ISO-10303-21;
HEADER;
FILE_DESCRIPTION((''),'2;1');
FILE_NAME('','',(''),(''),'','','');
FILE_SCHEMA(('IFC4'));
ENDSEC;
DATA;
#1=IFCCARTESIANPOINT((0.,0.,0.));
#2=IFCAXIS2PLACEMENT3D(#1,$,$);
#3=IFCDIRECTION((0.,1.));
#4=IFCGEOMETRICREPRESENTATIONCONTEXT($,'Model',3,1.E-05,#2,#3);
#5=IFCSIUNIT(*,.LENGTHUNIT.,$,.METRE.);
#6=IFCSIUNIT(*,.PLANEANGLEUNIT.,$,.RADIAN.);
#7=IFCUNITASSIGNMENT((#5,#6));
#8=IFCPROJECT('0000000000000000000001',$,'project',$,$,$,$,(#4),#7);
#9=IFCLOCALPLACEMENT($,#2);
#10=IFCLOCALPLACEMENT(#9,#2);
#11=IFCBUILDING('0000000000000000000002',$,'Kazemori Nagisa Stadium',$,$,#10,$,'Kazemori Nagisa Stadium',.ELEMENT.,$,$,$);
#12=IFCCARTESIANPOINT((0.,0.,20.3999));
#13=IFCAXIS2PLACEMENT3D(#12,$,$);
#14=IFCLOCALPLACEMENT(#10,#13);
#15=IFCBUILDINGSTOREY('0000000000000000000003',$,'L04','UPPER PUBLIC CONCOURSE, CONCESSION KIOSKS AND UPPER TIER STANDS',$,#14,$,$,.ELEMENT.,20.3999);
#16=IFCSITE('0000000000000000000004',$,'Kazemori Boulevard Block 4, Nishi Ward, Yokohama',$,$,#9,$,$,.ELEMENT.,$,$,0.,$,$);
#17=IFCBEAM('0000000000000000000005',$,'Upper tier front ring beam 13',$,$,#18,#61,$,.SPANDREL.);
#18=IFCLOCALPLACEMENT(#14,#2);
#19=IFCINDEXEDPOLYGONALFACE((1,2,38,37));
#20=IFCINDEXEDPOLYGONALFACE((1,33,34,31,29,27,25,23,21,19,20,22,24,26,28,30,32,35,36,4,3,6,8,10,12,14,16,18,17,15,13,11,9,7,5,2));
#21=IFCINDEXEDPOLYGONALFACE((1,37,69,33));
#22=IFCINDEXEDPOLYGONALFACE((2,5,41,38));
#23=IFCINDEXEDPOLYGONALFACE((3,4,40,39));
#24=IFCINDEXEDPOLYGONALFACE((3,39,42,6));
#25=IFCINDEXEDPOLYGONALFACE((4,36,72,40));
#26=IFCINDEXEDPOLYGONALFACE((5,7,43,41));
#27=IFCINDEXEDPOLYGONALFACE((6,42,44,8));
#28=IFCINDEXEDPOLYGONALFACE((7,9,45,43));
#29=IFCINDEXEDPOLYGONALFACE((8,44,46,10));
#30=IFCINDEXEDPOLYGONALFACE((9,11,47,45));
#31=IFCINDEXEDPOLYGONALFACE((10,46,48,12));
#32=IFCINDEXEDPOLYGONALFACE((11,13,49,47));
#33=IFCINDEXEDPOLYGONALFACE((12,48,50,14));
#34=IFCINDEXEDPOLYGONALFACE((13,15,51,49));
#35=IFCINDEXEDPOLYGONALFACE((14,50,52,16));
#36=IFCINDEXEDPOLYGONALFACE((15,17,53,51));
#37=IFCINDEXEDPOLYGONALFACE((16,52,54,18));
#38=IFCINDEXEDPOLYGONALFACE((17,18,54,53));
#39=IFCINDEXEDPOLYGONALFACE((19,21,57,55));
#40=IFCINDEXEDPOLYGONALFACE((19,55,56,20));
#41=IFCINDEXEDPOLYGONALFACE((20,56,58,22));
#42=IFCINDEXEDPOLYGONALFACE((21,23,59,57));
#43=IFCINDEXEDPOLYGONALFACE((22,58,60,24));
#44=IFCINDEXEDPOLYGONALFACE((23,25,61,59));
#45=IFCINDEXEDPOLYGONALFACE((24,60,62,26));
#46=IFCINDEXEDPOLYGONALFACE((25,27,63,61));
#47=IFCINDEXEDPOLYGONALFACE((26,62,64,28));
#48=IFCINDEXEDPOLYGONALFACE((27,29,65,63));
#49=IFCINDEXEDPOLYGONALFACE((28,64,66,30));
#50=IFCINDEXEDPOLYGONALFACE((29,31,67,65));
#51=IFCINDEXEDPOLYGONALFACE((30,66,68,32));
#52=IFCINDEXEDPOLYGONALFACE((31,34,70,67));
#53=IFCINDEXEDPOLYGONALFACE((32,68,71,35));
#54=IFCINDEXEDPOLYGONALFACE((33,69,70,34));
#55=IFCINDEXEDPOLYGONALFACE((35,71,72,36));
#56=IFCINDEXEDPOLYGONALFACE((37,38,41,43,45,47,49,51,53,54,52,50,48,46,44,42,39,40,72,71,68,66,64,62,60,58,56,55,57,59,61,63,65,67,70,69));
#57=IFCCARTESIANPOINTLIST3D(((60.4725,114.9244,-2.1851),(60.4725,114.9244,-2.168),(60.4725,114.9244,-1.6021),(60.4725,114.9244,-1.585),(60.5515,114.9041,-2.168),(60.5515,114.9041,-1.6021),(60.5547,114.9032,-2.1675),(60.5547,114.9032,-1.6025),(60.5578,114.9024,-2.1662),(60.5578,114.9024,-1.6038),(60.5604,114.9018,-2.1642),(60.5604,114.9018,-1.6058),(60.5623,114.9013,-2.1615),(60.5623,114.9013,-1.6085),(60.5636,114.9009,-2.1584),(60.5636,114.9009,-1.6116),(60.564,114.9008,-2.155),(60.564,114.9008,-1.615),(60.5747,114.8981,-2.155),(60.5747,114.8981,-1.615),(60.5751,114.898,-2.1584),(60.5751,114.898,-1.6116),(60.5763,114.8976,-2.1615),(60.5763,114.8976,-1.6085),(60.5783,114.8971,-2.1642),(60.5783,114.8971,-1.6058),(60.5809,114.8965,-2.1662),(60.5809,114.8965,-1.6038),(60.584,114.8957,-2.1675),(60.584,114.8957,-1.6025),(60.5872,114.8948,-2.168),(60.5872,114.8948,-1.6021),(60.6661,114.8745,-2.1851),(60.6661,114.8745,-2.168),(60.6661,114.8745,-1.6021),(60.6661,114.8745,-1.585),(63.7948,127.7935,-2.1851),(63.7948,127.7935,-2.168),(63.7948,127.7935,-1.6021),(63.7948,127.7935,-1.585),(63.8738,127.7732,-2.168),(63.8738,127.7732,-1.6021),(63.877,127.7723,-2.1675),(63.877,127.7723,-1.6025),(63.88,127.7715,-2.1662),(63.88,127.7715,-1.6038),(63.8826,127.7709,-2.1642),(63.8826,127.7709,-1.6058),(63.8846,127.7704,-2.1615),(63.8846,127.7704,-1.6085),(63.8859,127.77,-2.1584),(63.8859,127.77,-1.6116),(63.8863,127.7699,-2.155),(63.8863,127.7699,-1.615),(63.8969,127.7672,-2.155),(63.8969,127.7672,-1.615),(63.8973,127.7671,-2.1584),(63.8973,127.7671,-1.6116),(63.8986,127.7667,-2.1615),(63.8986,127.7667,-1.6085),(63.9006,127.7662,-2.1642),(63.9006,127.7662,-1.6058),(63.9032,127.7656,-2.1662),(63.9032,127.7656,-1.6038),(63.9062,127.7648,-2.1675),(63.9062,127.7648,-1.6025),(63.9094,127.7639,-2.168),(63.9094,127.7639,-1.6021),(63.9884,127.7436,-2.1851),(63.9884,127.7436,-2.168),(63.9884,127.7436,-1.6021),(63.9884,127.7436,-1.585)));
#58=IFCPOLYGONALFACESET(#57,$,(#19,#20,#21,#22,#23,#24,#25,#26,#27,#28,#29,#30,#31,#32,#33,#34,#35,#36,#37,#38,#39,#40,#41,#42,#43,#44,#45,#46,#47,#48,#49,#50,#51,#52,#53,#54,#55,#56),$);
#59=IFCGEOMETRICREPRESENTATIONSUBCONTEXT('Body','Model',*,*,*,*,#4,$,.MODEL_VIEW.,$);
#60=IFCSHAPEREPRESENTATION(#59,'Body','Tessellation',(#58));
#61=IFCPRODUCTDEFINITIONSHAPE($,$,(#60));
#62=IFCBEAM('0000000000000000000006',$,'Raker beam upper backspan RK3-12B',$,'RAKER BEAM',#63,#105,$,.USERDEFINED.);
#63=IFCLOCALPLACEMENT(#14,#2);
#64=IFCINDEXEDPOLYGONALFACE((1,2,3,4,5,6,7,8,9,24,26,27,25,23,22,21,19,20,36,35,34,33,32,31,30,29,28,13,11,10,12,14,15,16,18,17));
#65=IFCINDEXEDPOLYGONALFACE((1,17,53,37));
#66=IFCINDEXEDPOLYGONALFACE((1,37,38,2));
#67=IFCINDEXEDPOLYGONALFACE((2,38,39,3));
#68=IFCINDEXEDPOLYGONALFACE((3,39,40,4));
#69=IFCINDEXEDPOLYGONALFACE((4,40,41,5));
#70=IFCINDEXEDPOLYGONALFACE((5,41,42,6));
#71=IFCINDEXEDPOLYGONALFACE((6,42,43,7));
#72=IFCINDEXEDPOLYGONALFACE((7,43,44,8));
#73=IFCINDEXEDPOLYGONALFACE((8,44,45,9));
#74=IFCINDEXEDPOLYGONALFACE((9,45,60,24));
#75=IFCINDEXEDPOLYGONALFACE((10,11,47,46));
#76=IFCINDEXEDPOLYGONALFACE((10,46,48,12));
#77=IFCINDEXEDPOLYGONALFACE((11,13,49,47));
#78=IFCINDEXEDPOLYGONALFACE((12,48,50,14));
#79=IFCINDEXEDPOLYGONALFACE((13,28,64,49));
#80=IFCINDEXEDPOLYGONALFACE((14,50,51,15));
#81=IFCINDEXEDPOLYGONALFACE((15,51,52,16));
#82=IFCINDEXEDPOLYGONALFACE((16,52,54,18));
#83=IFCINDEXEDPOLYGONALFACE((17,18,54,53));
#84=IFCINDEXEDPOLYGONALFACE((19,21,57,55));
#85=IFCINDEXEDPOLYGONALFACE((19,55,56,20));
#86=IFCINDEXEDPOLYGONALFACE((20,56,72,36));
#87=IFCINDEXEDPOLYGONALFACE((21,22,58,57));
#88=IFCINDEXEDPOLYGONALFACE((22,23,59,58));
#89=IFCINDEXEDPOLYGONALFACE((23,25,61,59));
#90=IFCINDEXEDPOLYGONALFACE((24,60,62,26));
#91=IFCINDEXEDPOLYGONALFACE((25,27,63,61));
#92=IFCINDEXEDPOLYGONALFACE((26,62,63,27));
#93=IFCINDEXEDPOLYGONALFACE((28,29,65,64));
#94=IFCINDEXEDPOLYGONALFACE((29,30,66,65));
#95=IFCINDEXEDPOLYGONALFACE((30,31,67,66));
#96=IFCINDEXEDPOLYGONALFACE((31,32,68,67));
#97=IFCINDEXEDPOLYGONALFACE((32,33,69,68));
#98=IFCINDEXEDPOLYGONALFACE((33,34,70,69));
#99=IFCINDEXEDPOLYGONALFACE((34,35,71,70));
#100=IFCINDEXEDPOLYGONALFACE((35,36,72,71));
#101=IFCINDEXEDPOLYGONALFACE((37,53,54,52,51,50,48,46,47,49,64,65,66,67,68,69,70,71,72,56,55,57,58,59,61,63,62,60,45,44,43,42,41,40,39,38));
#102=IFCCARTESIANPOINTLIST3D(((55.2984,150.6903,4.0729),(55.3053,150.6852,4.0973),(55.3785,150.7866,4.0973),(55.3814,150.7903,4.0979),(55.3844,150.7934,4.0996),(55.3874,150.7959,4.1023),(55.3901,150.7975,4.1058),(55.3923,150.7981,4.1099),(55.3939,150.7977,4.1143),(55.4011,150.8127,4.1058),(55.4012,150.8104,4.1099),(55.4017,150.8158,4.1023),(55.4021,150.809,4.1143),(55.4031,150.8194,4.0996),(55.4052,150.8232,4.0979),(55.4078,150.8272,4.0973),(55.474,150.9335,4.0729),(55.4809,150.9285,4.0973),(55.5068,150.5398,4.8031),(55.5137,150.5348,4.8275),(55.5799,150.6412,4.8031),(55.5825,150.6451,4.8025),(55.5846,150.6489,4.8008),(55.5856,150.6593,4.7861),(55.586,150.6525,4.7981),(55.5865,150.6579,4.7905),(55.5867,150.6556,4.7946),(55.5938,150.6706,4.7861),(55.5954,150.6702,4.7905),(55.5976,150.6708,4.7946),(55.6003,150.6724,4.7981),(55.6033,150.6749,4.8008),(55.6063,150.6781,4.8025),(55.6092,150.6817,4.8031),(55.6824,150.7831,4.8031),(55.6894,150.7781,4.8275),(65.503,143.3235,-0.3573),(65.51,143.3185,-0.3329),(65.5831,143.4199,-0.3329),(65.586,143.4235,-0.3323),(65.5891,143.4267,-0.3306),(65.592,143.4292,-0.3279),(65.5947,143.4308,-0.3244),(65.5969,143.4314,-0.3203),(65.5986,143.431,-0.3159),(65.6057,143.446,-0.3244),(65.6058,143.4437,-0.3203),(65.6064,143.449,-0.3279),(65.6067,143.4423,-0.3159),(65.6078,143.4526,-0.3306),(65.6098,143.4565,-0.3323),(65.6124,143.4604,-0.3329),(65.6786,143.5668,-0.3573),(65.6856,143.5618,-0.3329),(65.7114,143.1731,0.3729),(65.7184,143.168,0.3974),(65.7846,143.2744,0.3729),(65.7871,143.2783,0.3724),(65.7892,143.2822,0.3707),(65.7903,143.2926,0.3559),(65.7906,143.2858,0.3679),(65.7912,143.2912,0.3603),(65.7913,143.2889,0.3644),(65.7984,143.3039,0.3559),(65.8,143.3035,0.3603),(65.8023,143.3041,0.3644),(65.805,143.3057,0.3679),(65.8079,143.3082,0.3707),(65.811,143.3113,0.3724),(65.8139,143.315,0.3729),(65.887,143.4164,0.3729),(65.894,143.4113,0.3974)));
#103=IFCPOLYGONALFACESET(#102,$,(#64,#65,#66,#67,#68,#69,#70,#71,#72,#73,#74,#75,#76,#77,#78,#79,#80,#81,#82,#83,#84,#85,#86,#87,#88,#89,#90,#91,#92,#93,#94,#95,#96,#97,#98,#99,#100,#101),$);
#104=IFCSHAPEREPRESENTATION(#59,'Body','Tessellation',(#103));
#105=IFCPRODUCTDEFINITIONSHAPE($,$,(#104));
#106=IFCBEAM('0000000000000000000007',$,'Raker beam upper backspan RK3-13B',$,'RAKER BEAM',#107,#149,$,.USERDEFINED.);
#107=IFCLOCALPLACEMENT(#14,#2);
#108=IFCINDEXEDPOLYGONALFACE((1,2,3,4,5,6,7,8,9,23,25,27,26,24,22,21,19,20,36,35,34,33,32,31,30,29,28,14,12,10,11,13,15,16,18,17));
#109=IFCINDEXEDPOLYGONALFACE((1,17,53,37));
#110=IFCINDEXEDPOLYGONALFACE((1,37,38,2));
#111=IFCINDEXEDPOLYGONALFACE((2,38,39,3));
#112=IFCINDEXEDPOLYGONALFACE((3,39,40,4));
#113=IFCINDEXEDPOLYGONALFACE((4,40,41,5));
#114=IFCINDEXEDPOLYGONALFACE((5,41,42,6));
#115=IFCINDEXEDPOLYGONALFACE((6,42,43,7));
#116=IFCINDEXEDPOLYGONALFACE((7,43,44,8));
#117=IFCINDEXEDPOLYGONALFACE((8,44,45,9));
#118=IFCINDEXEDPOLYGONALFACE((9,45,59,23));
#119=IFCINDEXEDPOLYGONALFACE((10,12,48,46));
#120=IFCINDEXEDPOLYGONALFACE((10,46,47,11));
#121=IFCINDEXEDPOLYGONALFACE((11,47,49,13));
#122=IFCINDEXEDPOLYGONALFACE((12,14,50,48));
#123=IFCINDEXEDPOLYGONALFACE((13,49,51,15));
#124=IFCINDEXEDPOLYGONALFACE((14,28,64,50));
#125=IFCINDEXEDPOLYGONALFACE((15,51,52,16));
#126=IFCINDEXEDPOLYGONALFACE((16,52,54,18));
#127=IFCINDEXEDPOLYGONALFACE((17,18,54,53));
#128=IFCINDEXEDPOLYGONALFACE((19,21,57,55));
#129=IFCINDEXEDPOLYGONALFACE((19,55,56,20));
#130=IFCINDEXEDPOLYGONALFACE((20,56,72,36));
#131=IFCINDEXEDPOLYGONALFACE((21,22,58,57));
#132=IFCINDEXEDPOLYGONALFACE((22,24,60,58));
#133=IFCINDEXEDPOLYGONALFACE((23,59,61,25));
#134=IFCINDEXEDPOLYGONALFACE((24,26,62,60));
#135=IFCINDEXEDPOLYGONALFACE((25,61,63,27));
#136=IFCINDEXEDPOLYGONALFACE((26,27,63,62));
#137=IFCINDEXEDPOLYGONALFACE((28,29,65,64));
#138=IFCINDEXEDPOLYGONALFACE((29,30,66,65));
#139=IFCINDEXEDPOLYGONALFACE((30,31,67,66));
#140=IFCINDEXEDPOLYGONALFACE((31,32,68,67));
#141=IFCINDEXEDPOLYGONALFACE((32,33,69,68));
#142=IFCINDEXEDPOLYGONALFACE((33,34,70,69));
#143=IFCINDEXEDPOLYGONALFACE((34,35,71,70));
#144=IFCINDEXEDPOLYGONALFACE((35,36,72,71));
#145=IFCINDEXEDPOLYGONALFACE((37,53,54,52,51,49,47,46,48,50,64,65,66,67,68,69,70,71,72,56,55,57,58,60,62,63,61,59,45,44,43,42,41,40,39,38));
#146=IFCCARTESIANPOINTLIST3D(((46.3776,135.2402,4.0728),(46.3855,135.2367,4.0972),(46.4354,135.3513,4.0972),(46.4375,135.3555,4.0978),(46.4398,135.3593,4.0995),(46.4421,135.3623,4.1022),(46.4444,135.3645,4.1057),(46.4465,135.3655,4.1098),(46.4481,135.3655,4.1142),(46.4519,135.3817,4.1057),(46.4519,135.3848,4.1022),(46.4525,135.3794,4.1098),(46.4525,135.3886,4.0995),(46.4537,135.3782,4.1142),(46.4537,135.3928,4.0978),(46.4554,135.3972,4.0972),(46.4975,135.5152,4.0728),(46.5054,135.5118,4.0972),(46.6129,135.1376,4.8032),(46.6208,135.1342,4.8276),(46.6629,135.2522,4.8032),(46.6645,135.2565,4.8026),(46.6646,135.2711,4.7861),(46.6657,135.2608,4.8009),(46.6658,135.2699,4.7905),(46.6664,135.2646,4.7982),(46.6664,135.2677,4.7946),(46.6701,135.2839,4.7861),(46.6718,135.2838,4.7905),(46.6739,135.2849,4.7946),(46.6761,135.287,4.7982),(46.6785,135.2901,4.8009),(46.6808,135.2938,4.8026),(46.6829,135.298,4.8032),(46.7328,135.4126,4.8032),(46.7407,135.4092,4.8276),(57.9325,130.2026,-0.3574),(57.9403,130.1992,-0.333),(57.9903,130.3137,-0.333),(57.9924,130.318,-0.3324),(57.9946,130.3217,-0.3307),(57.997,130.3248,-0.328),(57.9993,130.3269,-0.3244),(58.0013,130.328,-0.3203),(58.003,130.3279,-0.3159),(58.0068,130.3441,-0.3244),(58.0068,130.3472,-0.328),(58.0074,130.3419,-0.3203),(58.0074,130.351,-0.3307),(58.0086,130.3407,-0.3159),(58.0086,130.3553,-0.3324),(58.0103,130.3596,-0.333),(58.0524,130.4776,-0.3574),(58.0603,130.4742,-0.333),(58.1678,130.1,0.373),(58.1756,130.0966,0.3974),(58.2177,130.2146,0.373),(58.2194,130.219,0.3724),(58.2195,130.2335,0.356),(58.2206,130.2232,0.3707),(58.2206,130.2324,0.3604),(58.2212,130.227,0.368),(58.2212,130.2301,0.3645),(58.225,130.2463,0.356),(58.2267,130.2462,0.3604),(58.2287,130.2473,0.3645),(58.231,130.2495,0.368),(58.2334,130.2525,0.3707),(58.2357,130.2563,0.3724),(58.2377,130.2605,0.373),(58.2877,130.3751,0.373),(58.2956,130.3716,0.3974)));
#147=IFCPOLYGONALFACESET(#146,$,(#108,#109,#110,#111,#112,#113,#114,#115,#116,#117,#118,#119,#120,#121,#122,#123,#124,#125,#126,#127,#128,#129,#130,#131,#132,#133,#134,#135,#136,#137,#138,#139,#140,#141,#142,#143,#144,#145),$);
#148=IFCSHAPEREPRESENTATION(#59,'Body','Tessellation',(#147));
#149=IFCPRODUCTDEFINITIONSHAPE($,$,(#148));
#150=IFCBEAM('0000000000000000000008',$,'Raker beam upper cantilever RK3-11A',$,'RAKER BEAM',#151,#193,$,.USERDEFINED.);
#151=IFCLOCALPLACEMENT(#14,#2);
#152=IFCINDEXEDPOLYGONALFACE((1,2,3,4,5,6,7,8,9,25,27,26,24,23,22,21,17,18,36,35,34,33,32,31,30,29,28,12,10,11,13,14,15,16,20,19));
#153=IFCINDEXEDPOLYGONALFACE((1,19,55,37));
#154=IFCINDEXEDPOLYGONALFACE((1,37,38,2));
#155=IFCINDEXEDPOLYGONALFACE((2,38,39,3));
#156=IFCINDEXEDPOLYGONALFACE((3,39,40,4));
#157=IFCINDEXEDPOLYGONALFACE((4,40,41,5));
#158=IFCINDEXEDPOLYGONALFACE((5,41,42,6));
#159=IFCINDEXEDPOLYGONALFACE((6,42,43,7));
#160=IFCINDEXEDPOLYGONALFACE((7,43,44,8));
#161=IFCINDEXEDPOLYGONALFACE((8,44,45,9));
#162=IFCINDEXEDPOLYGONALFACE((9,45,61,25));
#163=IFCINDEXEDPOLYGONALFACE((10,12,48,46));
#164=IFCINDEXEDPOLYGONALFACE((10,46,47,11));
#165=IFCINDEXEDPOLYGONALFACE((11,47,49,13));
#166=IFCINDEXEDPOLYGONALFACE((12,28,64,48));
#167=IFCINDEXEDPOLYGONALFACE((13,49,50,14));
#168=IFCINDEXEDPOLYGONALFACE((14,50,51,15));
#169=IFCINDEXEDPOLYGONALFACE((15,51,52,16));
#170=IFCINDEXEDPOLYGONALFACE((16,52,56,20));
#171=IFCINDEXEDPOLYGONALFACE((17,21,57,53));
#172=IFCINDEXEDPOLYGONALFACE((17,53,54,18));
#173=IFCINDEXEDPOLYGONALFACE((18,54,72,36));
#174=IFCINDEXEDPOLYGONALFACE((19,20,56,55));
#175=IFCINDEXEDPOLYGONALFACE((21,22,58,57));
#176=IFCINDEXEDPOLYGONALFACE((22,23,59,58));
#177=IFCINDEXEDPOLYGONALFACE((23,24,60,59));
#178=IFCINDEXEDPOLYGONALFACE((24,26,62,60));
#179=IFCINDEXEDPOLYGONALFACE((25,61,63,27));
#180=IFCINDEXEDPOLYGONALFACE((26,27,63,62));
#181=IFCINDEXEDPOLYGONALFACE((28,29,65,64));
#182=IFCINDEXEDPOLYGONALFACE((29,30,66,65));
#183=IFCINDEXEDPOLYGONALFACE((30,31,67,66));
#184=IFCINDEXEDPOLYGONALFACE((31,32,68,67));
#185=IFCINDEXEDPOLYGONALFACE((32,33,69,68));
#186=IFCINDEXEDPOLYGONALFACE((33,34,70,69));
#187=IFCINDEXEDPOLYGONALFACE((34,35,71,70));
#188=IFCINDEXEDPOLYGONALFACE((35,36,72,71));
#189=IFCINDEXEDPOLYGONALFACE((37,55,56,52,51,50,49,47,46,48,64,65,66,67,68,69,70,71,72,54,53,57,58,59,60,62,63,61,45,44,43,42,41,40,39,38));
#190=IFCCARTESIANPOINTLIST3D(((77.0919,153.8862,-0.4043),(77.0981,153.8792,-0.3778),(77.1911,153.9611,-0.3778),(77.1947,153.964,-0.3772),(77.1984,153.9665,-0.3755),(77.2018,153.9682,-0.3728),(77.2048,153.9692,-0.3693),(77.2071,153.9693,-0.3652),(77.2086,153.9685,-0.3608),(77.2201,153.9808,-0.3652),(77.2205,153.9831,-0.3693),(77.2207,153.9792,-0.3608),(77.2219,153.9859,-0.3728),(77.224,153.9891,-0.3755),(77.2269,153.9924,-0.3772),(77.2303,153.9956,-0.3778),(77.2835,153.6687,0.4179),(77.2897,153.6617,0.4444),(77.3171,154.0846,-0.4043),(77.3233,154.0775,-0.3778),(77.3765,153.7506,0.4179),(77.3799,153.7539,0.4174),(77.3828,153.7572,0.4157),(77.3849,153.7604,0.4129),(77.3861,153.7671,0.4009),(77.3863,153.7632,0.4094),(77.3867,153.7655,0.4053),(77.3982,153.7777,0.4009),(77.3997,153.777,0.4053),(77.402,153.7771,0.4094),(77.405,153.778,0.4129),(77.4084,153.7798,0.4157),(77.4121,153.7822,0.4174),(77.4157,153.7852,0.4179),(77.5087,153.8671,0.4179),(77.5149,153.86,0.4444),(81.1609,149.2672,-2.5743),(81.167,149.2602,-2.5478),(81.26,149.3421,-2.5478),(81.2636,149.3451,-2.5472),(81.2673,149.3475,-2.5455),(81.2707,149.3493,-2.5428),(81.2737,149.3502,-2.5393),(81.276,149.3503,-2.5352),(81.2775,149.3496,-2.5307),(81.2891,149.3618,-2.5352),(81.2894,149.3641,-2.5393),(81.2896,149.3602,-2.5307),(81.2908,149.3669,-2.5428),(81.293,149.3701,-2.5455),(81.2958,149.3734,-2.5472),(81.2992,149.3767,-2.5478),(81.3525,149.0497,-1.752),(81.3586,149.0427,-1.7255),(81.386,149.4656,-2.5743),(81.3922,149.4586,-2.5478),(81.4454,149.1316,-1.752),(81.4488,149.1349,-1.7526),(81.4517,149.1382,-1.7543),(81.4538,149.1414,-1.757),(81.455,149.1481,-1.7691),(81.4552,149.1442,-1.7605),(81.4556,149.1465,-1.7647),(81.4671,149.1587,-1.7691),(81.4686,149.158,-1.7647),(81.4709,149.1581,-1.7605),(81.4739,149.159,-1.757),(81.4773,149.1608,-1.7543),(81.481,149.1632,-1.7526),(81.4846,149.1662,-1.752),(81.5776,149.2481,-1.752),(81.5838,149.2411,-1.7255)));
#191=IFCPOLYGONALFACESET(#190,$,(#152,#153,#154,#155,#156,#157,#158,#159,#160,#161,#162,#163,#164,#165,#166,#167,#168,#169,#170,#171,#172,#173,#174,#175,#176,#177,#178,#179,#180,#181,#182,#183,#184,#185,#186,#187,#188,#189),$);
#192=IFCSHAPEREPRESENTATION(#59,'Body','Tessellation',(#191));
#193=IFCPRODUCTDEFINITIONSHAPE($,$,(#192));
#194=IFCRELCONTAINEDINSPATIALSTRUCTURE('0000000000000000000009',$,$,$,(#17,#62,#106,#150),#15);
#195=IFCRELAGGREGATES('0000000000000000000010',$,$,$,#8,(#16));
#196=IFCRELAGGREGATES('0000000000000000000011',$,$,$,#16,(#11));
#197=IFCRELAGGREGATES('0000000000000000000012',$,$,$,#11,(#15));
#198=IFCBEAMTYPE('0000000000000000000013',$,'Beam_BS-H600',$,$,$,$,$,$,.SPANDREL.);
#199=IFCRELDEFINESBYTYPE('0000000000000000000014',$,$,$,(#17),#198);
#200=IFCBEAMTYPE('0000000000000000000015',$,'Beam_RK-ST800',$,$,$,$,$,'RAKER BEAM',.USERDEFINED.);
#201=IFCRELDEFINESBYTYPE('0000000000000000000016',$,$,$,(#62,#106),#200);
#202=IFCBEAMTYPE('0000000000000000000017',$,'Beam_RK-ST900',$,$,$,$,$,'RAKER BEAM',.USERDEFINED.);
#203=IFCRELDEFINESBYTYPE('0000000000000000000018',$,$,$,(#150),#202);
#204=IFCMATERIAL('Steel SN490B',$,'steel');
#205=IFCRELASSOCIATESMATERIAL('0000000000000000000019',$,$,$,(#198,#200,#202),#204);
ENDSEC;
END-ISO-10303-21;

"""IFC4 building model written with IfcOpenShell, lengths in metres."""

from ifc_helpers import new_model, si_unit, direction, frame, origin, origin_2d, place, context, subcontext, project, spatial, i_section, extrude, material, material_profile, profile_set, type_object, element, save


model = new_model("IFC4")

# Units and contexts
model_context = context("Model", 3, precision=1e-05, world=origin(), true_north=direction((0.0, 1.0)))
body_context = subcontext(model_context, "Body", "Model", "MODEL_VIEW")
ifc_project = project(units=[si_unit("LENGTHUNIT", "METRE"), si_unit("PLANEANGLEUNIT", "RADIAN")], contexts=[model_context])

# Site, building, storey
site_placement = place(None, origin())
site = spatial("IfcSite", under=ifc_project, at=site_placement, Name="Kazemori Boulevard Block 4, Nishi Ward, Yokohama", CompositionType="ELEMENT", RefElevation=0.0)
building_placement = place(site_placement, origin())
building = spatial("IfcBuilding", under=site, at=building_placement, Name="Kazemori Nagisa Stadium", LongName="Kazemori Nagisa Stadium", CompositionType="ELEMENT")
storey_placement = place(building_placement, frame((0.0, 0.0, 20.3999)))
storey = spatial("IfcBuildingStorey", under=building, at=storey_placement, Name="L04", Description="UPPER PUBLIC CONCOURSE, CONCESSION KIOSKS AND UPPER TIER STANDS", CompositionType="ELEMENT", Elevation=20.3999)

# Beams
ifc_material_1 = material(Name="Steel SN490B", Category="steel")
ifc_material_profile_1 = material_profile(ifc_material_1, i_section(OverallWidth=0.2, OverallDepth=0.6001, WebThickness=0.011, FlangeThickness=0.0171, FilletRadius=0.0129, at=origin_2d()), Name="H-600x200x11x17")
ifc_profile_set_1 = profile_set([ifc_material_profile_1], Name="Steel SN490B")
beam_type_1 = type_object("IfcBeamType", Name="Beam_BS-H600", PredefinedType="SPANDREL", material=ifc_profile_set_1)
beam_1_placement = place(storey_placement, frame((63.8916, 127.7686, -1.885), z_axis=(-0.249962, -0.968256, 0.0), x_axis=(0.968256, -0.249962, 0.0)))
element("IfcBeam", 1, at=beam_1_placement, inside=storey, type_object=beam_type_1, Name="Upper tier front ring beam 13", PredefinedType="SPANDREL", context=body_context, shape_type="SweptSolid", body=[
    extrude(i_section(OverallWidth=0.2, OverallDepth=0.6001, WebThickness=0.011, FlangeThickness=0.0171, FilletRadius=0.0129, at=origin_2d()), origin(), (0.0, 0.0, 1.0), 13.291),
])
ifc_material_profile_2 = material_profile(ifc_material_1, i_section(OverallWidth=0.3, OverallDepth=0.8, WebThickness=0.0139, FlangeThickness=0.0259, FilletRadius=0.0181, at=origin_2d()), Name="H-800x300x14x26")
ifc_profile_set_2 = profile_set([ifc_material_profile_2], Name="Steel SN490B")
beam_type_2 = type_object("IfcBeamType", Name="Beam_RK-ST800", ElementType="RAKER BEAM", PredefinedType="USERDEFINED", material=ifc_profile_set_2)
beam_2_placement = place(storey_placement, frame((65.6985, 143.3674, 0.02), z_axis=(-0.764805, 0.552113, 0.332029), x_axis=(-0.585319, -0.810803, 0.0)))
element("IfcBeam", 2, at=beam_2_placement, inside=storey, type_object=beam_type_2, Name="Raker beam upper backspan RK3-12B", ObjectType="RAKER BEAM", PredefinedType="USERDEFINED", context=body_context, shape_type="SweptSolid", body=[
    extrude(i_section(OverallWidth=0.3, OverallDepth=0.8, WebThickness=0.0139, FlangeThickness=0.0259, FilletRadius=0.0181, at=origin_2d()), origin(), (0.0, 0.0, 1.0), 13.3428),
])
beam_3_placement = place(storey_placement, frame((58.114, 130.2871, 0.02), z_axis=(-0.864816, 0.377033, 0.331571), x_axis=(-0.399641, -0.916672, 0.0)))
element("IfcBeam", 3, at=beam_3_placement, inside=storey, type_object=beam_type_2, Name="Raker beam upper backspan RK3-13B", ObjectType="RAKER BEAM", PredefinedType="USERDEFINED", context=body_context, shape_type="SweptSolid", body=[
    extrude(i_section(OverallWidth=0.3, OverallDepth=0.8, WebThickness=0.0139, FlangeThickness=0.0259, FilletRadius=0.0181, at=origin_2d()), origin(), (0.0, 0.0, 1.0), 13.3611),
])
ifc_material_profile_3 = material_profile(ifc_material_1, i_section(OverallWidth=0.3, OverallDepth=0.8999, WebThickness=0.0161, FlangeThickness=0.0281, FilletRadius=0.0181, at=origin_2d()), Name="H-900x300x16x28")
ifc_profile_set_3 = profile_set([ifc_material_profile_3], Name="Steel SN490B")
beam_type_3 = type_object("IfcBeamType", Name="Beam_RK-ST900", ElementType="RAKER BEAM", PredefinedType="USERDEFINED", material=ifc_profile_set_3)
beam_4_placement = place(storey_placement, frame((81.3723, 149.2542, -2.1499), z_axis=(-0.623412, 0.707689, 0.332467), x_axis=(-0.750374, -0.661014, 0.0)))
element("IfcBeam", 4, at=beam_4_placement, inside=storey, type_object=beam_type_3, Name="Raker beam upper cantilever RK3-11A", ObjectType="RAKER BEAM", PredefinedType="USERDEFINED", context=body_context, shape_type="SweptSolid", body=[
    extrude(i_section(OverallWidth=0.3, OverallDepth=0.8999, WebThickness=0.0161, FlangeThickness=0.0281, FilletRadius=0.0181, at=origin_2d()), origin(), (0.0, 0.0, 1.0), 6.5269),
])

save(model, "model.ifc")
